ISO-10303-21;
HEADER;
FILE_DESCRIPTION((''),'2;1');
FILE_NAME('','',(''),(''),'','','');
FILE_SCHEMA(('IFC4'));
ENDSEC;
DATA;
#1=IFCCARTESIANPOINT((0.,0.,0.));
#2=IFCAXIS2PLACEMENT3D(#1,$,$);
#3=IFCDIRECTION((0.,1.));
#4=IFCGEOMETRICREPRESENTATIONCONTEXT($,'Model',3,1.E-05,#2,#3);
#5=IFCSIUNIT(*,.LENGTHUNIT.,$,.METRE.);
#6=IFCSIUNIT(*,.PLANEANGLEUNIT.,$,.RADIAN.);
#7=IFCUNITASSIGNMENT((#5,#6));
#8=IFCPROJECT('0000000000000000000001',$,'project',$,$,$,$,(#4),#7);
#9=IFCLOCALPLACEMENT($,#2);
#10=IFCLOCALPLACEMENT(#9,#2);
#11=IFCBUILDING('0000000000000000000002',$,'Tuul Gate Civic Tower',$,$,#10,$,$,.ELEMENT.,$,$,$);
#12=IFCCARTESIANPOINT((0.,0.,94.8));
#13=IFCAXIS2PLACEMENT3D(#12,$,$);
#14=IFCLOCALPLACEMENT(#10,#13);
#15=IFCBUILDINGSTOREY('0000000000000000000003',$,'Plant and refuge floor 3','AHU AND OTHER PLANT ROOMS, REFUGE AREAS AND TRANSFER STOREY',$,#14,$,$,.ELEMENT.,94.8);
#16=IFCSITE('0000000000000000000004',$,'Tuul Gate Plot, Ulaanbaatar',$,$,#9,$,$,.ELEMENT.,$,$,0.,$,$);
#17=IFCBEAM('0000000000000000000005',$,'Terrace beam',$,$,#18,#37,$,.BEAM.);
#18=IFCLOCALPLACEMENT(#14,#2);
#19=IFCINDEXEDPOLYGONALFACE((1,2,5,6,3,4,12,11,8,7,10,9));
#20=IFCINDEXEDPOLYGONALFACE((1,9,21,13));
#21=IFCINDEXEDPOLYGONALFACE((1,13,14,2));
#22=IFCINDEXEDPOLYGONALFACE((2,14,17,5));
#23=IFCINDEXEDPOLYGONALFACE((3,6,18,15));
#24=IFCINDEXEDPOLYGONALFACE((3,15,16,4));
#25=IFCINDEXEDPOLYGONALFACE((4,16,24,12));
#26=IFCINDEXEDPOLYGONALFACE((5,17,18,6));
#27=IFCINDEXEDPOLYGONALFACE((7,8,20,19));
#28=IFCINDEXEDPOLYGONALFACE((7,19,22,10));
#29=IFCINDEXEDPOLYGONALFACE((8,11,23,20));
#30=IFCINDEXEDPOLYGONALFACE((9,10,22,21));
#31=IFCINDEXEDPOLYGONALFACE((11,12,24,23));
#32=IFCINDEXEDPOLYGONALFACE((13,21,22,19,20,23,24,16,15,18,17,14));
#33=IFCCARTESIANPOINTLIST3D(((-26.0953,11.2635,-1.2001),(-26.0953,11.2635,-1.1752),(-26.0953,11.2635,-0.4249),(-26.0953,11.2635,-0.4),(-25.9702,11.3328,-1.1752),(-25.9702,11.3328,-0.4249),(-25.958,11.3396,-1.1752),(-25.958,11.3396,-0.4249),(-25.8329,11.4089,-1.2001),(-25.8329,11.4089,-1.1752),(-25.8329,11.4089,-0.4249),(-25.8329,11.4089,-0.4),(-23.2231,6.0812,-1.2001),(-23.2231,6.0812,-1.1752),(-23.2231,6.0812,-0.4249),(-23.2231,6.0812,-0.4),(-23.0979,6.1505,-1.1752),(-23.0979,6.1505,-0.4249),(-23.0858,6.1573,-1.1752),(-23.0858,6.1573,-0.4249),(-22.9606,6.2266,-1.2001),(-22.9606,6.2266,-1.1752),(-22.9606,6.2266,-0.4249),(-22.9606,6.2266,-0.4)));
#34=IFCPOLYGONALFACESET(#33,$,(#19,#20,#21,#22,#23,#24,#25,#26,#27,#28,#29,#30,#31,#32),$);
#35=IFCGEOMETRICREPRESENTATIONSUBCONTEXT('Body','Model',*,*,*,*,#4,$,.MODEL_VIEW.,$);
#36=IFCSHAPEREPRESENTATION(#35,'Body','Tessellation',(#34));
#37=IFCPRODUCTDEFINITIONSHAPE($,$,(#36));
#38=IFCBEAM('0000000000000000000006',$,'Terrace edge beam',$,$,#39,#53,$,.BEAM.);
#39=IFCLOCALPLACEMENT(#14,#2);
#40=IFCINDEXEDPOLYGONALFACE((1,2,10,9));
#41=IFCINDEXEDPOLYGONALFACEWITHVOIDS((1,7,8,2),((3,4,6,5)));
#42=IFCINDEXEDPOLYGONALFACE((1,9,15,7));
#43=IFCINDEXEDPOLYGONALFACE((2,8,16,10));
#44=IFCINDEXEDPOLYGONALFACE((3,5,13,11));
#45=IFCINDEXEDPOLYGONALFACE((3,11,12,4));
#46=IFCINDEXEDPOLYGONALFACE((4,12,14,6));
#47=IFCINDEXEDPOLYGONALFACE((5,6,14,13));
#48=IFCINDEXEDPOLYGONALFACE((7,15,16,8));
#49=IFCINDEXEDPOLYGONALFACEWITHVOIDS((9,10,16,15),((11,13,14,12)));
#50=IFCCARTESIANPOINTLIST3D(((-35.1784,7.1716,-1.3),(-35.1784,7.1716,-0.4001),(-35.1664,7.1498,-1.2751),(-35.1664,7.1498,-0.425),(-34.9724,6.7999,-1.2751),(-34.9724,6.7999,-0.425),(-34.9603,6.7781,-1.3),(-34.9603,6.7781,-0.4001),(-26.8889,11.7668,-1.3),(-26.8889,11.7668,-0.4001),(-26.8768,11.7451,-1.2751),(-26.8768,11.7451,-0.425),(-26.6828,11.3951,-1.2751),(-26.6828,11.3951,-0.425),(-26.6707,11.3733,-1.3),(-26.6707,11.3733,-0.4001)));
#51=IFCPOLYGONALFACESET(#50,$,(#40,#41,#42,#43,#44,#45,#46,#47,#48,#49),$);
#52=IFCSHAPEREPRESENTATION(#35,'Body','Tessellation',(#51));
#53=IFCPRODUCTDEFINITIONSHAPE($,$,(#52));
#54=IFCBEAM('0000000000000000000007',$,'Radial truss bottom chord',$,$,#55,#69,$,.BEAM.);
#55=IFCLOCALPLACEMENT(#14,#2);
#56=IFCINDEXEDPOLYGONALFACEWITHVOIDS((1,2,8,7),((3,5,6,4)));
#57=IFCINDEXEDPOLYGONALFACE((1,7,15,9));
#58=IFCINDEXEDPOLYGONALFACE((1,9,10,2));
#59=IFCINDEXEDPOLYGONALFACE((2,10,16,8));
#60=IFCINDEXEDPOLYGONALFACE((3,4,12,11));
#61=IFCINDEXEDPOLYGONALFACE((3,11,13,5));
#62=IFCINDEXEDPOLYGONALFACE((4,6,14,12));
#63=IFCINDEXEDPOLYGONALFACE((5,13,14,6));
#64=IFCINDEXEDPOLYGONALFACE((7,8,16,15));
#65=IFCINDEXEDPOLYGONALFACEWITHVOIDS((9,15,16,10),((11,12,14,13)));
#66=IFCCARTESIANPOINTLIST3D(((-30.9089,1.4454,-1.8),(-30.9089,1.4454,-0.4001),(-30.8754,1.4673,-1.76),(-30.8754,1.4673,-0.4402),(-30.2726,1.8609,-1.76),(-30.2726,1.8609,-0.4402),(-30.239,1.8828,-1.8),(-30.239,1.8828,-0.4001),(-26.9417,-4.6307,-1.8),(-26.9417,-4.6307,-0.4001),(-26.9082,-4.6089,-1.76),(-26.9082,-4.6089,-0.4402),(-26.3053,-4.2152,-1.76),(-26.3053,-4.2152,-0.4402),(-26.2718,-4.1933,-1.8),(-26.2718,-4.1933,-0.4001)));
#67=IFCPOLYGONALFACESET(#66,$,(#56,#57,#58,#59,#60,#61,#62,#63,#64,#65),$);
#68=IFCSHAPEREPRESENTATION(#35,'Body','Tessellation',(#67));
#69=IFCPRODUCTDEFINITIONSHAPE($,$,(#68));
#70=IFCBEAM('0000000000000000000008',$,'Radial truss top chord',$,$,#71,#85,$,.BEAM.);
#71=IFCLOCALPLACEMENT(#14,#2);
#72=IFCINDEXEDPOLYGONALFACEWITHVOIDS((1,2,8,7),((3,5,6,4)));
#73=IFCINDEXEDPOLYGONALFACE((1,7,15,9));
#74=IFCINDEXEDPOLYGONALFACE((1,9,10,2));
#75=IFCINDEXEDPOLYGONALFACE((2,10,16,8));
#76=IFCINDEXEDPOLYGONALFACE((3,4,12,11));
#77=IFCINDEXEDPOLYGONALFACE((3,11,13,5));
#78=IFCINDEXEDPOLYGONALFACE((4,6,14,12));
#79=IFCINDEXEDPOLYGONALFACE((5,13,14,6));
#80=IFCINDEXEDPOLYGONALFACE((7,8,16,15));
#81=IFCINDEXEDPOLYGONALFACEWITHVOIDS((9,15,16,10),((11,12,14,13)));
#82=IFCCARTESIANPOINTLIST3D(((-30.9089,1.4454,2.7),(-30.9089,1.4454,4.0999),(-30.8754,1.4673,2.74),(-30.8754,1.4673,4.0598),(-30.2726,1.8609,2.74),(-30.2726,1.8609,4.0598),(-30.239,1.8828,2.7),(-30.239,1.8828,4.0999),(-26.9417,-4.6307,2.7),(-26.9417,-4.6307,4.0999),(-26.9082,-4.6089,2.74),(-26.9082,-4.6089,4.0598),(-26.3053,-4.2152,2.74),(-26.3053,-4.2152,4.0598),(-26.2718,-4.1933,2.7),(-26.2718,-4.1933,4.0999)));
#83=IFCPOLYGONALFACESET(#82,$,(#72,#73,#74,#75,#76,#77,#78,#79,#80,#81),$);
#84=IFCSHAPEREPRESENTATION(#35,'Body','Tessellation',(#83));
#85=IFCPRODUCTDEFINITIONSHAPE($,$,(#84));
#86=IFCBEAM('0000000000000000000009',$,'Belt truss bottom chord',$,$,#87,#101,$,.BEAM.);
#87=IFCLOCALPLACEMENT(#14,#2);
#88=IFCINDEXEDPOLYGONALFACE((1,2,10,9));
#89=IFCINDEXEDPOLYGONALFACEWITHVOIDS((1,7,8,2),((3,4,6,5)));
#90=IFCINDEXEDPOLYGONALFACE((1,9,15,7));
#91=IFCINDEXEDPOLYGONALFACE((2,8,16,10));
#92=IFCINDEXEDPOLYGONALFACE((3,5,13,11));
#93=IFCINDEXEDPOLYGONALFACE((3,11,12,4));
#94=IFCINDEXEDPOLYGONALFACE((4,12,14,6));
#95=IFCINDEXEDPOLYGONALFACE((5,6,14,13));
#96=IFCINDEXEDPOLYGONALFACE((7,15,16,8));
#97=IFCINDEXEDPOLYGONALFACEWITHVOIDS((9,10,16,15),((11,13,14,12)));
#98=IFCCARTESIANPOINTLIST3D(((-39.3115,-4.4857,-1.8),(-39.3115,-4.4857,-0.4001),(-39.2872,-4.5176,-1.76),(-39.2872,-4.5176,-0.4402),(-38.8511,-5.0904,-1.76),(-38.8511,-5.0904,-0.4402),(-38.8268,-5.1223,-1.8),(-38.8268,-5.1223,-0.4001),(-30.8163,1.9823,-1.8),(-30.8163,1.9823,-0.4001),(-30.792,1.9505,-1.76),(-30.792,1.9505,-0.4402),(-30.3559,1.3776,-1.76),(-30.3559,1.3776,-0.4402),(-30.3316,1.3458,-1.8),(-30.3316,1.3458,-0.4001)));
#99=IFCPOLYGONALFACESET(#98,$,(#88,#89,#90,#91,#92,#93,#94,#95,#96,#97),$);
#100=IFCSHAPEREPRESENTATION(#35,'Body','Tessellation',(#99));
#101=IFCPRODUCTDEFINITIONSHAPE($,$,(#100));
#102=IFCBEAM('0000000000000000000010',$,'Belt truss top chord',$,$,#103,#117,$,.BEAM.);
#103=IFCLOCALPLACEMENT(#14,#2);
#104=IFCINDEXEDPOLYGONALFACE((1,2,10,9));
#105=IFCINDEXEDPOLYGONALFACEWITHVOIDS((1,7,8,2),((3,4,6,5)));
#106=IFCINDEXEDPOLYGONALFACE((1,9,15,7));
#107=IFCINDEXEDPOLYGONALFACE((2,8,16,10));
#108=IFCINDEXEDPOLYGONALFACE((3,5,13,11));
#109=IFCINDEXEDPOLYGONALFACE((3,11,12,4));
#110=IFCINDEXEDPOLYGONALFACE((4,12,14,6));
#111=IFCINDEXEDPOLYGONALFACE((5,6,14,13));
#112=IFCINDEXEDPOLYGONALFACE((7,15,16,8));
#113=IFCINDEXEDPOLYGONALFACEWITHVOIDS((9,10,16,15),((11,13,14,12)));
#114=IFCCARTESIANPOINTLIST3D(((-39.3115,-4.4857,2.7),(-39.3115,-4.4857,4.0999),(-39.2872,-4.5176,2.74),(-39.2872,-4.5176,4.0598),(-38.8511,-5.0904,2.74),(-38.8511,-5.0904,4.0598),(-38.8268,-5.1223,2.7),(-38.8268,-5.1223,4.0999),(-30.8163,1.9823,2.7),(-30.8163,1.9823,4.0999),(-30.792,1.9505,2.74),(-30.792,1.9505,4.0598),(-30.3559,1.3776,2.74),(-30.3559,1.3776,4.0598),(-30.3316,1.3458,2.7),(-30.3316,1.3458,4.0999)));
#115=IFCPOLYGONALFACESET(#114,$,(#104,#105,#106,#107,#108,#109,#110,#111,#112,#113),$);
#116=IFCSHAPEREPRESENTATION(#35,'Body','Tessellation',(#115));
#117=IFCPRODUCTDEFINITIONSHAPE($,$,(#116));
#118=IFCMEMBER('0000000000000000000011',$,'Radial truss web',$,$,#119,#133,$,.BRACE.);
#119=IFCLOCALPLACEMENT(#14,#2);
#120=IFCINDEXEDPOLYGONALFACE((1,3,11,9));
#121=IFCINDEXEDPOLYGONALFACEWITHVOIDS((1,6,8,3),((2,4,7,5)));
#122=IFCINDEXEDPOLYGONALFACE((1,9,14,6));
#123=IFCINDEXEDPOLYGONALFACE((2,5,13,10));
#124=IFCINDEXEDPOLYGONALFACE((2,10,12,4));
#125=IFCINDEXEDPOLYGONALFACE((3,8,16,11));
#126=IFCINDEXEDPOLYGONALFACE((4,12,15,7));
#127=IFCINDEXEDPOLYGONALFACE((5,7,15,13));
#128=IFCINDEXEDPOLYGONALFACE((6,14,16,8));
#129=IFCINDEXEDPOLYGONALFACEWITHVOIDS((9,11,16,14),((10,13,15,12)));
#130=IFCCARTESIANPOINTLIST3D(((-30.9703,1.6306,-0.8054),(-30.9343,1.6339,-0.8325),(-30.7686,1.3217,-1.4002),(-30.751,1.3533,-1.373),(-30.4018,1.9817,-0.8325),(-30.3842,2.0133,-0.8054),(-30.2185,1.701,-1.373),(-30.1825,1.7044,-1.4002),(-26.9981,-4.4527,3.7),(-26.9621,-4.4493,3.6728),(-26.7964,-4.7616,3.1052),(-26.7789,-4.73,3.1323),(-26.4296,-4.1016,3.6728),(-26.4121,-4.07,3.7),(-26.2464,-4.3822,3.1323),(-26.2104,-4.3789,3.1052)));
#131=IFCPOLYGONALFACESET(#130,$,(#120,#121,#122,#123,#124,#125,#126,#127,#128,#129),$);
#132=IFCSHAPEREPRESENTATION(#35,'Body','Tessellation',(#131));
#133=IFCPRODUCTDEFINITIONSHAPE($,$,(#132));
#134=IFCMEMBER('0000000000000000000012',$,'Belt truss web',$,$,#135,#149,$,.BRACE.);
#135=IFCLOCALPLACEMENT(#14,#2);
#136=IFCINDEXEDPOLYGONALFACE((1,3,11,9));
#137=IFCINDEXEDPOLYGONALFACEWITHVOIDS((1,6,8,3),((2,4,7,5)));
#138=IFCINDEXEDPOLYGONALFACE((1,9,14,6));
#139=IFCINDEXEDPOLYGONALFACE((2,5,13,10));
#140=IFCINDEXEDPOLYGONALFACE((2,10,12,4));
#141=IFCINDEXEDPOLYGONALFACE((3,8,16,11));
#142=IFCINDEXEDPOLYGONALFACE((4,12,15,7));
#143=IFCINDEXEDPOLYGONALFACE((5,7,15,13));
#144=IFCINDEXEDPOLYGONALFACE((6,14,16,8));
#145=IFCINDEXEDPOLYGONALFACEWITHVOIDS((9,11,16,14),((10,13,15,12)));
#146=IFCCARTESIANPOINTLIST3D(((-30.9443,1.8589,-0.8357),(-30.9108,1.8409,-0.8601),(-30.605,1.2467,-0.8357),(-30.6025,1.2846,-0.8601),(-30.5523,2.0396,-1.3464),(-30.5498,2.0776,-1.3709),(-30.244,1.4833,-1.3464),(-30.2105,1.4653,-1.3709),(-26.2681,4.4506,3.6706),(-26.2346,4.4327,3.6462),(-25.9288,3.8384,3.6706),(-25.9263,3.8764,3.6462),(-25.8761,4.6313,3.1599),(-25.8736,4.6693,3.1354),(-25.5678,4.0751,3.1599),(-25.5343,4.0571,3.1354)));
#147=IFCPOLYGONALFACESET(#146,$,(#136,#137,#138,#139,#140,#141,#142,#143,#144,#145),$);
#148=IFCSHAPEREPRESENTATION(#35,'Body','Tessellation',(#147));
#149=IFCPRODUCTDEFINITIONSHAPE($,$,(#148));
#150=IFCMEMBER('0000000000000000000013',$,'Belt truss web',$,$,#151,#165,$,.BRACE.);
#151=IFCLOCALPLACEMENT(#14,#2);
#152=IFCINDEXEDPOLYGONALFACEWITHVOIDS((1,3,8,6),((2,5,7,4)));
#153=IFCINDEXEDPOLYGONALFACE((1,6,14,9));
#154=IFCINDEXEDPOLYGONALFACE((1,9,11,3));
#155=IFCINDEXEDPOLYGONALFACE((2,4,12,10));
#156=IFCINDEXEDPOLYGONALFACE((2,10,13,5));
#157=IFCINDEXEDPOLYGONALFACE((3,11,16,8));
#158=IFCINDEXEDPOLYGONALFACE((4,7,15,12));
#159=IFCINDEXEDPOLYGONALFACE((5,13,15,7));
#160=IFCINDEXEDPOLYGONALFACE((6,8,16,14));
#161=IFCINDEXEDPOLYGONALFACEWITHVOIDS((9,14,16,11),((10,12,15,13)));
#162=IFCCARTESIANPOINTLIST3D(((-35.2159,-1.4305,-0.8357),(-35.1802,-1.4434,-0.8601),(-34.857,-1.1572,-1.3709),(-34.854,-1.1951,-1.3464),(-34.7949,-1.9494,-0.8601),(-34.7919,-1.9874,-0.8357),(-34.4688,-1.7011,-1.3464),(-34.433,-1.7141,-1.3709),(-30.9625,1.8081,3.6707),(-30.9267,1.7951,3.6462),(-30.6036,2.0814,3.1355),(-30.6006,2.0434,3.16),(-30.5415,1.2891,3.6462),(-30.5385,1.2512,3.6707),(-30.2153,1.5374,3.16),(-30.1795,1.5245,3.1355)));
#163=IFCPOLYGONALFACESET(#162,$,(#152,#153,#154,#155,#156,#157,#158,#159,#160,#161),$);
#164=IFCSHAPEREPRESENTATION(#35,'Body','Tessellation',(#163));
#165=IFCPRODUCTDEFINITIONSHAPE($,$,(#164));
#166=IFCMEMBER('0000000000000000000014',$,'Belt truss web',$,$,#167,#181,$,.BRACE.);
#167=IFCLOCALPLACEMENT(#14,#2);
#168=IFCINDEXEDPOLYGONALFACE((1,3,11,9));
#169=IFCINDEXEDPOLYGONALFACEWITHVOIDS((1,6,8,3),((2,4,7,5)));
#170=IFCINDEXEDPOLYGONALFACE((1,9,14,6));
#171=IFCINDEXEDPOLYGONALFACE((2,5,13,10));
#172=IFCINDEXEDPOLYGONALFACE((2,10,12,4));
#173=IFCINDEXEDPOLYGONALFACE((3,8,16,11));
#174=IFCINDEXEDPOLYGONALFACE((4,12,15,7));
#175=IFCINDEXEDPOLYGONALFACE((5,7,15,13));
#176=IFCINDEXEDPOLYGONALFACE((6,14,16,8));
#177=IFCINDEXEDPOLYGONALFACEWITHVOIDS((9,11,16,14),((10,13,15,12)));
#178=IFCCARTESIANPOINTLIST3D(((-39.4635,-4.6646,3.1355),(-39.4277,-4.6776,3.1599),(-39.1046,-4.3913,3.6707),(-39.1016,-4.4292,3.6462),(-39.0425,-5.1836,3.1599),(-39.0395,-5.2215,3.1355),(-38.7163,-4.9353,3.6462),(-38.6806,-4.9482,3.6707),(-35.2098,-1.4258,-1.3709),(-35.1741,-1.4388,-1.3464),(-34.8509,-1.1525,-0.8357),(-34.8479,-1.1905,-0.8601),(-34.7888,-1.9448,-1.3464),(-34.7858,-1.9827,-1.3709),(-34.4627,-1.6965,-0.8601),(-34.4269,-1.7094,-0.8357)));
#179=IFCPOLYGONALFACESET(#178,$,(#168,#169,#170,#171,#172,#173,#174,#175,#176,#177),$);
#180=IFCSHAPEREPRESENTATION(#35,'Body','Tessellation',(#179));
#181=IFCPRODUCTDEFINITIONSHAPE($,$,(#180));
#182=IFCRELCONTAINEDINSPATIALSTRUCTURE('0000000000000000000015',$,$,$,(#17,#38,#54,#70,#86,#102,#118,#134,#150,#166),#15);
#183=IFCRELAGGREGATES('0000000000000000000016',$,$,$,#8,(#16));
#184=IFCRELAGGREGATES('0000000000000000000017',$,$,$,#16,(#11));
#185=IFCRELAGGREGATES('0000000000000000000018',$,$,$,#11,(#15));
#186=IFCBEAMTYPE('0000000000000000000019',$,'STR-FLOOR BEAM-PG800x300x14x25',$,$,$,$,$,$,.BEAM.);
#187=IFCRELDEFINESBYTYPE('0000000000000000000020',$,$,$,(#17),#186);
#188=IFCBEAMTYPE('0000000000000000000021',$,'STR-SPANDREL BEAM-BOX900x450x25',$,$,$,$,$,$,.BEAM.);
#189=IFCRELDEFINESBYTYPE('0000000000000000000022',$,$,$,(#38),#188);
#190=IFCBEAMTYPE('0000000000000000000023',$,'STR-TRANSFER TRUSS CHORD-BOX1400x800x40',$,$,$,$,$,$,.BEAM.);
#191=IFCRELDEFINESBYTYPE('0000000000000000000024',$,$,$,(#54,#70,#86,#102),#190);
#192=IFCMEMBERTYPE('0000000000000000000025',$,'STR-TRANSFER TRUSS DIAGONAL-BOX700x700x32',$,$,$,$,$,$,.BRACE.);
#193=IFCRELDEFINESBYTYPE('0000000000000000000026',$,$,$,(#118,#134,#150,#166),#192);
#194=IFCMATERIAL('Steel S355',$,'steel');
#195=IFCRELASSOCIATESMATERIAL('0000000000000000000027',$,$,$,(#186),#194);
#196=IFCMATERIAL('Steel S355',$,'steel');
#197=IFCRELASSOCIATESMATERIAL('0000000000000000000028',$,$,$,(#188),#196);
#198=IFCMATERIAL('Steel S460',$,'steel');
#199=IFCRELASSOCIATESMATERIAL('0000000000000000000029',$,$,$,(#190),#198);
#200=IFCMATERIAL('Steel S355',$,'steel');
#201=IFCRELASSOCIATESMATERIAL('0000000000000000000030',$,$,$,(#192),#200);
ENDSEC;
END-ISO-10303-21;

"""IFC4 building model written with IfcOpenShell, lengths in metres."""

from ifc_helpers import new_model, si_unit, direction, frame, origin, origin_2d, place, context, subcontext, project, spatial, hollow_rectangle, i_section, extrude, material, material_profile, profile_set, type_object, element, save


model = new_model("IFC4")

# Units and contexts
model_context = context("Model", 3, precision=1e-05, world=origin(), true_north=direction((0.0, 1.0)))
body_context = subcontext(model_context, "Body", "Model", "MODEL_VIEW")
ifc_project = project(units=[si_unit("LENGTHUNIT", "METRE"), si_unit("PLANEANGLEUNIT", "RADIAN")], contexts=[model_context])

# Site, building, storey
site_placement = place(None, origin())
site = spatial("IfcSite", under=ifc_project, at=site_placement, Name="Tuul Gate Plot, Ulaanbaatar", CompositionType="ELEMENT", RefElevation=0.0)
building_placement = place(site_placement, origin())
building = spatial("IfcBuilding", under=site, at=building_placement, Name="Tuul Gate Civic Tower", CompositionType="ELEMENT")
storey_placement = place(building_placement, frame((0.0, 0.0, 94.8)))
storey = spatial("IfcBuildingStorey", under=building, at=storey_placement, Name="Plant and refuge floor 3", Description="AHU AND OTHER PLANT ROOMS, REFUGE AREAS AND TRANSFER STOREY", CompositionType="ELEMENT", Elevation=94.8)

# Beams
ifc_material_1 = material(Name="Steel S355", Category="steel")
ifc_material_profile_1 = material_profile(ifc_material_1, i_section(OverallWidth=0.3, OverallDepth=0.8, WebThickness=0.0139, FlangeThickness=0.0249, at=origin_2d()), Name="PG800x300x14x25")
ifc_profile_set_1 = profile_set([ifc_material_profile_1], Name="Steel S355")
beam_type_1 = type_object("IfcBeamType", Name="STR-FLOOR BEAM-PG800x300x14x25", PredefinedType="BEAM", material=ifc_profile_set_1)
beam_1_placement = place(storey_placement, frame((-25.9641, 11.3362, -0.8), z_axis=(0.484768, -0.874643, 0.0), x_axis=(0.874643, 0.484768, 0.0)))
element("IfcBeam", 1, at=beam_1_placement, inside=storey, type_object=beam_type_1, Name="Terrace beam", PredefinedType="BEAM", context=body_context, shape_type="SweptSolid", body=[
    extrude(i_section(OverallWidth=0.3, OverallDepth=0.8, WebThickness=0.0139, FlangeThickness=0.0249, at=origin_2d()), origin(), (0.0, 0.0, 1.0), 5.925),
])
ifc_material_2 = material(Name="Steel S355", Category="steel")
ifc_material_profile_2 = material_profile(ifc_material_2, hollow_rectangle(XDim=0.45, YDim=0.8999, WallThickness=0.0249, at=origin_2d()), Name="BOX900x450x25")
ifc_profile_set_2 = profile_set([ifc_material_profile_2], Name="Steel S355")
beam_type_2 = type_object("IfcBeamType", Name="STR-SPANDREL BEAM-BOX900x450x25", PredefinedType="BEAM", material=ifc_profile_set_2)
beam_2_placement = place(storey_placement, frame((-26.7798, 11.5701, -0.8501), z_axis=(-0.874609, -0.484829, 0.0), x_axis=(0.484829, -0.874609, 0.0)))
element("IfcBeam", 2, at=beam_2_placement, inside=storey, type_object=beam_type_2, Name="Terrace edge beam", PredefinedType="BEAM", context=body_context, shape_type="SweptSolid", body=[
    extrude(hollow_rectangle(XDim=0.45, YDim=0.8999, WallThickness=0.0249, at=origin_2d()), origin(), (0.0, 0.0, 1.0), 9.478),
])
ifc_material_3 = material(Name="Steel S460", Category="steel")
ifc_material_profile_3 = material_profile(ifc_material_3, hollow_rectangle(XDim=0.8, YDim=1.3999, WallThickness=0.04, at=origin_2d()), Name="BOX1400x800x40")
ifc_profile_set_3 = profile_set([ifc_material_profile_3], Name="Steel S460")
beam_type_3 = type_object("IfcBeamType", Name="STR-TRANSFER TRUSS CHORD-BOX1400x800x40", PredefinedType="BEAM", material=ifc_profile_set_3)
for number, where, z_axis, x_axis, name in (
    (3, (-30.574, 1.6641, -1.1001), (0.546709, -0.837323, 0.0), (0.837323, 0.546709, 0.0), "Radial truss bottom chord"),
    (4, (-30.574, 1.6641, 3.3999), (0.546709, -0.837323, 0.0), (0.837323, 0.546709, 0.0), "Radial truss top chord"),
):
    element("IfcBeam", number, at=place(storey_placement, frame(where, z_axis=z_axis, x_axis=x_axis)), inside=storey, type_object=beam_type_3, Name=name, PredefinedType="BEAM", context=body_context, shape_type="SweptSolid", body=[
        extrude(hollow_rectangle(XDim=0.8, YDim=1.3999, WallThickness=0.04, at=origin_2d()), origin(), (0.0, 0.0, 1.0), 7.2566),
    ])
for number, where, z_axis, x_axis, name in (
    (5, (-30.574, 1.6641, -1.1001), (-0.795633, -0.605779, 0.0), (0.605779, -0.795633, 0.0), "Belt truss bottom chord"),
    (6, (-30.574, 1.6641, 3.3999), (-0.795633, -0.605779, 0.0), (0.605779, -0.795633, 0.0), "Belt truss top chord"),
):
    element("IfcBeam", number, at=place(storey_placement, frame(where, z_axis=z_axis, x_axis=x_axis)), inside=storey, type_object=beam_type_3, Name=name, PredefinedType="BEAM", context=body_context, shape_type="SweptSolid", body=[
        extrude(hollow_rectangle(XDim=0.8, YDim=1.3999, WallThickness=0.04, at=origin_2d()), origin(), (0.0, 0.0, 1.0), 10.6772),
    ])

# Members
ifc_material_4 = material(Name="Steel S355", Category="steel")
ifc_material_profile_4 = material_profile(ifc_material_4, hollow_rectangle(XDim=0.7, YDim=0.7, WallThickness=0.032, at=origin_2d()), Name="BOX700x700x32")
ifc_profile_set_4 = profile_set([ifc_material_profile_4], Name="Steel S355")
member_type_1 = type_object("IfcMemberType", Name="STR-TRANSFER TRUSS DIAGONAL-BOX700x700x32", PredefinedType="BRACE", material=ifc_profile_set_4)
member_1_placement = place(storey_placement, frame((-30.5764, 1.6675, -1.1028), z_axis=(0.464645, -0.711589, 0.527016), x_axis=(0.837306, 0.546734, 0.0)))
element("IfcMember", 7, at=member_1_placement, inside=storey, type_object=member_type_1, Name="Radial truss web", PredefinedType="BRACE", context=body_context, shape_type="SweptSolid", body=[
    extrude(hollow_rectangle(XDim=0.7, YDim=0.7, WallThickness=0.032, at=origin_2d()), origin(), (0.0, 0.0, 1.0), 8.5488),
])
member_2_placement = place(storey_placement, frame((-30.5774, 1.6621, -1.1033), z_axis=(0.668775, 0.370665, 0.644474), x_axis=(-0.484766, 0.874644, 0.0)))
element("IfcMember", 8, at=member_2_placement, inside=storey, type_object=member_type_1, Name="Belt truss web", PredefinedType="BRACE", context=body_context, shape_type="SweptSolid", body=[
    extrude(hollow_rectangle(XDim=0.7, YDim=0.7, WallThickness=0.032, at=origin_2d()), origin(), (0.0, 0.0, 1.0), 6.9922),
])
member_3_placement = place(storey_placement, frame((-34.8245, -1.5723, -1.1033), z_axis=(0.608334, 0.463182, 0.644509), x_axis=(-0.605786, 0.795628, 0.0)))
element("IfcMember", 9, at=member_3_placement, inside=storey, type_object=member_type_1, Name="Belt truss web", PredefinedType="BRACE", context=body_context, shape_type="SweptSolid", body=[
    extrude(hollow_rectangle(XDim=0.7, YDim=0.7, WallThickness=0.032, at=origin_2d()), origin(), (0.0, 0.0, 1.0), 6.9919),
])
member_4_placement = place(storey_placement, frame((-34.8184, -1.5676, -1.1033), z_axis=(-0.608347, -0.463199, 0.644485), x_axis=(0.605793, -0.795622, 0.0)))
element("IfcMember", 10, at=member_4_placement, inside=storey, type_object=member_type_1, Name="Belt truss web", PredefinedType="BRACE", context=body_context, shape_type="SweptSolid", body=[
    extrude(hollow_rectangle(XDim=0.7, YDim=0.7, WallThickness=0.032, at=origin_2d()), origin(), (0.0, 0.0, 1.0), 6.9922),
])

save(model, "model.ifc")
